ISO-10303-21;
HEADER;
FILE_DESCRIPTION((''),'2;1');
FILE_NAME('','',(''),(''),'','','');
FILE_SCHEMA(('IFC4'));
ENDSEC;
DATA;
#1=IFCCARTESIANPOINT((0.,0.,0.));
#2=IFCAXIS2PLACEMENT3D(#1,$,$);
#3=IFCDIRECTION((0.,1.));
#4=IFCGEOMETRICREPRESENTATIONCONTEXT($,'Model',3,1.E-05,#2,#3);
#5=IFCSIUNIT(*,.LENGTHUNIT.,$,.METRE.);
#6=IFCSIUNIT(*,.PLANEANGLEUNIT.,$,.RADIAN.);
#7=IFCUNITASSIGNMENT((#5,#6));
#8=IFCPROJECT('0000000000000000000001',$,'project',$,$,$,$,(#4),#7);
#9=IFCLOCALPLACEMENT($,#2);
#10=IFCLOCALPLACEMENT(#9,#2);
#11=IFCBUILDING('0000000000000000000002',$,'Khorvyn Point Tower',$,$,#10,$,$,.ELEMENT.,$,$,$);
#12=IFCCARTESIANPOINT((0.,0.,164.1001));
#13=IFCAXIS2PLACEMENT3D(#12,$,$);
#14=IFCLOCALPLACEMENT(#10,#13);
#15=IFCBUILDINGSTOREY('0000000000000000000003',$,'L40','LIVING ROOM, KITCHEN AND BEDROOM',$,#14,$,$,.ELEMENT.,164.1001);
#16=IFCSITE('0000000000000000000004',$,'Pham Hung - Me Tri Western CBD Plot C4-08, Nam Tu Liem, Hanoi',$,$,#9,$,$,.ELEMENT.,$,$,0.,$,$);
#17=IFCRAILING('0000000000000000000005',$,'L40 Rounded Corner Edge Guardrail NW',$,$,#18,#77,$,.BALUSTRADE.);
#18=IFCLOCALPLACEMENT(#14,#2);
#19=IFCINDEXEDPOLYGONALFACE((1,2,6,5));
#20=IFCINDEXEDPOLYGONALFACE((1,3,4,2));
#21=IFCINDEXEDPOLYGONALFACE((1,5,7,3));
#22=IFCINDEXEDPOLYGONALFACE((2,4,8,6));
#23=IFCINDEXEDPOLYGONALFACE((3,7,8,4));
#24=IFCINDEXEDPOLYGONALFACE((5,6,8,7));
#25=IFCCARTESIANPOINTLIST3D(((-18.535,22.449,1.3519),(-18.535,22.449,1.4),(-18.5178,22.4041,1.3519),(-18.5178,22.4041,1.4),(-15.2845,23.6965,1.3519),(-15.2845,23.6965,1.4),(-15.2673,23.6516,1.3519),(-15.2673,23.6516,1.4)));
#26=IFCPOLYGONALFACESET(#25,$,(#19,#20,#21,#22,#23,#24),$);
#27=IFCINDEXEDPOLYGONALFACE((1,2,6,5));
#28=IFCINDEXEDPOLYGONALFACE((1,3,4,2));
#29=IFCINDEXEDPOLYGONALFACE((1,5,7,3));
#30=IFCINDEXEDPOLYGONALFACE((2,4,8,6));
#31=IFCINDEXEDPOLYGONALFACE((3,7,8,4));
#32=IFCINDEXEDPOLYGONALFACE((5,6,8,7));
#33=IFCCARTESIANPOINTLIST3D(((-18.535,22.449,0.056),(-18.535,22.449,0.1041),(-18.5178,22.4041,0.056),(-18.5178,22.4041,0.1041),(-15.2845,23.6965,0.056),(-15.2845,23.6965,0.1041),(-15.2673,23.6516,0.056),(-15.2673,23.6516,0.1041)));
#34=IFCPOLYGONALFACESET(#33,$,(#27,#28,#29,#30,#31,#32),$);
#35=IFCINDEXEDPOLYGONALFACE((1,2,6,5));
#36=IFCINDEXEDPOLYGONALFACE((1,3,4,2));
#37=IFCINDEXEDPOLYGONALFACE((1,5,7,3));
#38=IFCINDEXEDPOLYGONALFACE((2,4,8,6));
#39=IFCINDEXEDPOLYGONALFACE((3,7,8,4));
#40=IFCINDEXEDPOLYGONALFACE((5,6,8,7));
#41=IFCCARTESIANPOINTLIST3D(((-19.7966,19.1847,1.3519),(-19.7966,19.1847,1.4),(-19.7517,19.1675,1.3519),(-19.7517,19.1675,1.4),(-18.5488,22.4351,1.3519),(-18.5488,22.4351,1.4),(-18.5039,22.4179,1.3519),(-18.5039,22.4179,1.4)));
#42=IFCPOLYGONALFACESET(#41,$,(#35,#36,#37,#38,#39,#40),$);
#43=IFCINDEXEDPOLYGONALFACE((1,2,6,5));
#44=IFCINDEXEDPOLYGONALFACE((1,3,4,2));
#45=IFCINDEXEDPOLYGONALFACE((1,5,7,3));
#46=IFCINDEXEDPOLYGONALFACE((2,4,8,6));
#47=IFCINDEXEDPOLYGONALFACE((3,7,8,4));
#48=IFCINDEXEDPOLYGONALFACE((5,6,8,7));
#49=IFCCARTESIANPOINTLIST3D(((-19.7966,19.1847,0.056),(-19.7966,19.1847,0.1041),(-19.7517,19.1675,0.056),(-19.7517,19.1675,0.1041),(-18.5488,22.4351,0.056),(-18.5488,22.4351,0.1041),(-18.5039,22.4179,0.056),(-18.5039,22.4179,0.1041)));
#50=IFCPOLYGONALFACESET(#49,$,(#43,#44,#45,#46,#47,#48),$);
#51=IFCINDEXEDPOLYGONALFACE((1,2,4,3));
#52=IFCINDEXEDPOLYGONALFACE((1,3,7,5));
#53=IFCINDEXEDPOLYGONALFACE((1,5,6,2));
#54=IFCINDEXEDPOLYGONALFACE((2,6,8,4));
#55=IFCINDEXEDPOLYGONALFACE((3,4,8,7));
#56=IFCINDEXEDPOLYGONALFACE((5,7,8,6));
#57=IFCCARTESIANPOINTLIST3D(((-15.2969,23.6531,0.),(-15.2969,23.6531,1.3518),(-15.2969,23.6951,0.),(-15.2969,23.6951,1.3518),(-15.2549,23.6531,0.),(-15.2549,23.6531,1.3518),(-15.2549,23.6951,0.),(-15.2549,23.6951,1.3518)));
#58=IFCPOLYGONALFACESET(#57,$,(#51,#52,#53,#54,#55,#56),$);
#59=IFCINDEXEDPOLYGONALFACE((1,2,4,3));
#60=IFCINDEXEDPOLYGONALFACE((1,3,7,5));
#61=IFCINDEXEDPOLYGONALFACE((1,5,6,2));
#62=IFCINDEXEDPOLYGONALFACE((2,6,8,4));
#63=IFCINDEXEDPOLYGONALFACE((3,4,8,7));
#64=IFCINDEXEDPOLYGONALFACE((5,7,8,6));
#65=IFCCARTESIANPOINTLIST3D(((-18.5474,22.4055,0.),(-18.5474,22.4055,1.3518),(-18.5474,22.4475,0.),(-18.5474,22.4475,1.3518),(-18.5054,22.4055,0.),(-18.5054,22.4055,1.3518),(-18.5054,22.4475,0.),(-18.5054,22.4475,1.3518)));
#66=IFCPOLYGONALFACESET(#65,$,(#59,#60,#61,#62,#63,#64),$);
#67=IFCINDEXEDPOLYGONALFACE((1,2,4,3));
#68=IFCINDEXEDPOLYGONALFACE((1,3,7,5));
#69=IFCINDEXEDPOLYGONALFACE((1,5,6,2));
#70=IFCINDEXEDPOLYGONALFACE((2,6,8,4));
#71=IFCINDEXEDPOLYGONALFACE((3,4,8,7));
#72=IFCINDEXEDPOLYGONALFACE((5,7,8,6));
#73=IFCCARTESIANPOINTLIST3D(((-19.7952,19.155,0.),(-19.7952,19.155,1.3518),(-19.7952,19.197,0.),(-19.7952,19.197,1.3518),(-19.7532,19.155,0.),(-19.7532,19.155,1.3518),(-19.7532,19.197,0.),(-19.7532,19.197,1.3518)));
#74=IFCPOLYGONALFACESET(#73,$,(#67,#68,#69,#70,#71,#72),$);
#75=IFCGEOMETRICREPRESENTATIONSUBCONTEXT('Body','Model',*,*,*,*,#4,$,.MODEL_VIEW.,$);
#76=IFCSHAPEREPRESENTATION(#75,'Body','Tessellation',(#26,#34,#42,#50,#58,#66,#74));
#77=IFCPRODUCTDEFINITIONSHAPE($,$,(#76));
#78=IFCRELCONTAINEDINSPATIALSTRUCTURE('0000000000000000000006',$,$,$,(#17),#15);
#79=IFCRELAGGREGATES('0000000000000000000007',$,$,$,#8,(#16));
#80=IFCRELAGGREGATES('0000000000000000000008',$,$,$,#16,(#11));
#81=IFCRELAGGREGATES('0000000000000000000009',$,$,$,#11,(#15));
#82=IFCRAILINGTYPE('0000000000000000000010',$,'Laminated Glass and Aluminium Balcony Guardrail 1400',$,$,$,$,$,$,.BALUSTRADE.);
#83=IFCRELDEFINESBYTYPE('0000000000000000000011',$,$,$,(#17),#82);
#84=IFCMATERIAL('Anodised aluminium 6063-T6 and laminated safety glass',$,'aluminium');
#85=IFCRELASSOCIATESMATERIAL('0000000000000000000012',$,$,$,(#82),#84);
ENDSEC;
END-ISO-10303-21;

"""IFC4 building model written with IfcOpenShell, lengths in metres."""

from ifc_helpers import new_model, si_unit, direction, frame, origin, origin_2d, place, context, subcontext, project, spatial, rectangle, extrude, material, type_object, element, save


model = new_model("IFC4")

# Units and contexts
model_context = context("Model", 3, precision=1e-05, world=origin(), true_north=direction((0.0, 1.0)))
body_context = subcontext(model_context, "Body", "Model", "MODEL_VIEW")
ifc_project = project(units=[si_unit("LENGTHUNIT", "METRE"), si_unit("PLANEANGLEUNIT", "RADIAN")], contexts=[model_context])

# Site, building, storey
site_placement = place(None, origin())
site = spatial("IfcSite", under=ifc_project, at=site_placement, Name="Pham Hung - Me Tri Western CBD Plot C4-08, Nam Tu Liem, Hanoi", CompositionType="ELEMENT", RefElevation=0.0)
building_placement = place(site_placement, origin())
building = spatial("IfcBuilding", under=site, at=building_placement, Name="Khorvyn Point Tower", CompositionType="ELEMENT")
storey_placement = place(building_placement, frame((0.0, 0.0, 164.1001)))
storey = spatial("IfcBuildingStorey", under=building, at=storey_placement, Name="L40", Description="LIVING ROOM, KITCHEN AND BEDROOM", CompositionType="ELEMENT", Elevation=164.1001)

# Railing
ifc_material_1 = material(Name="Anodised aluminium 6063-T6 and laminated safety glass", Category="aluminium")
railing_type = type_object("IfcRailingType", Name="Laminated Glass and Aluminium Balcony Guardrail 1400", PredefinedType="BALUSTRADE", material=ifc_material_1)
railing_placement = place(storey_placement, frame((-15.2759, 23.6741, 0.0)))
element("IfcRailing", 1, at=railing_placement, inside=storey, type_object=railing_type, Name="L40 Rounded Corner Edge Guardrail NW", PredefinedType="BALUSTRADE", context=body_context, shape_type="SweptSolid", body=[
    extrude(rectangle(XDim=0.0481, YDim=0.0481, at=origin_2d()), frame((0.0, 0.0, 1.376), z_axis=(-0.933598, -0.358321, 0.0), x_axis=(0.358321, -0.933598, 0.0)), (0.0, 0.0, 1.0), 3.4817),
    extrude(rectangle(XDim=0.0481, YDim=0.0481, at=origin_2d()), frame((0.0, 0.0, 0.0801), z_axis=(-0.933598, -0.358321, 0.0), x_axis=(0.358321, -0.933598, 0.0)), (0.0, 0.0, 1.0), 3.4817),
    extrude(rectangle(XDim=0.0481, YDim=0.0481, at=origin_2d()), frame((-3.2505, -1.2476, 1.376), z_axis=(-0.358382, -0.933575, 0.0), x_axis=(0.933575, -0.358382, 0.0)), (0.0, 0.0, 1.0), 3.4817),
    extrude(rectangle(XDim=0.0481, YDim=0.0481, at=origin_2d()), frame((-3.2505, -1.2476, 0.0801), z_axis=(-0.358382, -0.933575, 0.0), x_axis=(0.933575, -0.358382, 0.0)), (0.0, 0.0, 1.0), 3.4817),
    extrude(rectangle(XDim=0.042, YDim=0.042, at=origin_2d()), origin(), (0.0, 0.0, 1.0), 1.3518),
    extrude(rectangle(XDim=0.042, YDim=0.042, at=origin_2d()), frame((-3.2505, -1.2476, 0.0)), (0.0, 0.0, 1.0), 1.3518),
    extrude(rectangle(XDim=0.042, YDim=0.042, at=origin_2d()), frame((-4.4983, -4.498, 0.0)), (0.0, 0.0, 1.0), 1.3518),
])

save(model, "model.ifc")
